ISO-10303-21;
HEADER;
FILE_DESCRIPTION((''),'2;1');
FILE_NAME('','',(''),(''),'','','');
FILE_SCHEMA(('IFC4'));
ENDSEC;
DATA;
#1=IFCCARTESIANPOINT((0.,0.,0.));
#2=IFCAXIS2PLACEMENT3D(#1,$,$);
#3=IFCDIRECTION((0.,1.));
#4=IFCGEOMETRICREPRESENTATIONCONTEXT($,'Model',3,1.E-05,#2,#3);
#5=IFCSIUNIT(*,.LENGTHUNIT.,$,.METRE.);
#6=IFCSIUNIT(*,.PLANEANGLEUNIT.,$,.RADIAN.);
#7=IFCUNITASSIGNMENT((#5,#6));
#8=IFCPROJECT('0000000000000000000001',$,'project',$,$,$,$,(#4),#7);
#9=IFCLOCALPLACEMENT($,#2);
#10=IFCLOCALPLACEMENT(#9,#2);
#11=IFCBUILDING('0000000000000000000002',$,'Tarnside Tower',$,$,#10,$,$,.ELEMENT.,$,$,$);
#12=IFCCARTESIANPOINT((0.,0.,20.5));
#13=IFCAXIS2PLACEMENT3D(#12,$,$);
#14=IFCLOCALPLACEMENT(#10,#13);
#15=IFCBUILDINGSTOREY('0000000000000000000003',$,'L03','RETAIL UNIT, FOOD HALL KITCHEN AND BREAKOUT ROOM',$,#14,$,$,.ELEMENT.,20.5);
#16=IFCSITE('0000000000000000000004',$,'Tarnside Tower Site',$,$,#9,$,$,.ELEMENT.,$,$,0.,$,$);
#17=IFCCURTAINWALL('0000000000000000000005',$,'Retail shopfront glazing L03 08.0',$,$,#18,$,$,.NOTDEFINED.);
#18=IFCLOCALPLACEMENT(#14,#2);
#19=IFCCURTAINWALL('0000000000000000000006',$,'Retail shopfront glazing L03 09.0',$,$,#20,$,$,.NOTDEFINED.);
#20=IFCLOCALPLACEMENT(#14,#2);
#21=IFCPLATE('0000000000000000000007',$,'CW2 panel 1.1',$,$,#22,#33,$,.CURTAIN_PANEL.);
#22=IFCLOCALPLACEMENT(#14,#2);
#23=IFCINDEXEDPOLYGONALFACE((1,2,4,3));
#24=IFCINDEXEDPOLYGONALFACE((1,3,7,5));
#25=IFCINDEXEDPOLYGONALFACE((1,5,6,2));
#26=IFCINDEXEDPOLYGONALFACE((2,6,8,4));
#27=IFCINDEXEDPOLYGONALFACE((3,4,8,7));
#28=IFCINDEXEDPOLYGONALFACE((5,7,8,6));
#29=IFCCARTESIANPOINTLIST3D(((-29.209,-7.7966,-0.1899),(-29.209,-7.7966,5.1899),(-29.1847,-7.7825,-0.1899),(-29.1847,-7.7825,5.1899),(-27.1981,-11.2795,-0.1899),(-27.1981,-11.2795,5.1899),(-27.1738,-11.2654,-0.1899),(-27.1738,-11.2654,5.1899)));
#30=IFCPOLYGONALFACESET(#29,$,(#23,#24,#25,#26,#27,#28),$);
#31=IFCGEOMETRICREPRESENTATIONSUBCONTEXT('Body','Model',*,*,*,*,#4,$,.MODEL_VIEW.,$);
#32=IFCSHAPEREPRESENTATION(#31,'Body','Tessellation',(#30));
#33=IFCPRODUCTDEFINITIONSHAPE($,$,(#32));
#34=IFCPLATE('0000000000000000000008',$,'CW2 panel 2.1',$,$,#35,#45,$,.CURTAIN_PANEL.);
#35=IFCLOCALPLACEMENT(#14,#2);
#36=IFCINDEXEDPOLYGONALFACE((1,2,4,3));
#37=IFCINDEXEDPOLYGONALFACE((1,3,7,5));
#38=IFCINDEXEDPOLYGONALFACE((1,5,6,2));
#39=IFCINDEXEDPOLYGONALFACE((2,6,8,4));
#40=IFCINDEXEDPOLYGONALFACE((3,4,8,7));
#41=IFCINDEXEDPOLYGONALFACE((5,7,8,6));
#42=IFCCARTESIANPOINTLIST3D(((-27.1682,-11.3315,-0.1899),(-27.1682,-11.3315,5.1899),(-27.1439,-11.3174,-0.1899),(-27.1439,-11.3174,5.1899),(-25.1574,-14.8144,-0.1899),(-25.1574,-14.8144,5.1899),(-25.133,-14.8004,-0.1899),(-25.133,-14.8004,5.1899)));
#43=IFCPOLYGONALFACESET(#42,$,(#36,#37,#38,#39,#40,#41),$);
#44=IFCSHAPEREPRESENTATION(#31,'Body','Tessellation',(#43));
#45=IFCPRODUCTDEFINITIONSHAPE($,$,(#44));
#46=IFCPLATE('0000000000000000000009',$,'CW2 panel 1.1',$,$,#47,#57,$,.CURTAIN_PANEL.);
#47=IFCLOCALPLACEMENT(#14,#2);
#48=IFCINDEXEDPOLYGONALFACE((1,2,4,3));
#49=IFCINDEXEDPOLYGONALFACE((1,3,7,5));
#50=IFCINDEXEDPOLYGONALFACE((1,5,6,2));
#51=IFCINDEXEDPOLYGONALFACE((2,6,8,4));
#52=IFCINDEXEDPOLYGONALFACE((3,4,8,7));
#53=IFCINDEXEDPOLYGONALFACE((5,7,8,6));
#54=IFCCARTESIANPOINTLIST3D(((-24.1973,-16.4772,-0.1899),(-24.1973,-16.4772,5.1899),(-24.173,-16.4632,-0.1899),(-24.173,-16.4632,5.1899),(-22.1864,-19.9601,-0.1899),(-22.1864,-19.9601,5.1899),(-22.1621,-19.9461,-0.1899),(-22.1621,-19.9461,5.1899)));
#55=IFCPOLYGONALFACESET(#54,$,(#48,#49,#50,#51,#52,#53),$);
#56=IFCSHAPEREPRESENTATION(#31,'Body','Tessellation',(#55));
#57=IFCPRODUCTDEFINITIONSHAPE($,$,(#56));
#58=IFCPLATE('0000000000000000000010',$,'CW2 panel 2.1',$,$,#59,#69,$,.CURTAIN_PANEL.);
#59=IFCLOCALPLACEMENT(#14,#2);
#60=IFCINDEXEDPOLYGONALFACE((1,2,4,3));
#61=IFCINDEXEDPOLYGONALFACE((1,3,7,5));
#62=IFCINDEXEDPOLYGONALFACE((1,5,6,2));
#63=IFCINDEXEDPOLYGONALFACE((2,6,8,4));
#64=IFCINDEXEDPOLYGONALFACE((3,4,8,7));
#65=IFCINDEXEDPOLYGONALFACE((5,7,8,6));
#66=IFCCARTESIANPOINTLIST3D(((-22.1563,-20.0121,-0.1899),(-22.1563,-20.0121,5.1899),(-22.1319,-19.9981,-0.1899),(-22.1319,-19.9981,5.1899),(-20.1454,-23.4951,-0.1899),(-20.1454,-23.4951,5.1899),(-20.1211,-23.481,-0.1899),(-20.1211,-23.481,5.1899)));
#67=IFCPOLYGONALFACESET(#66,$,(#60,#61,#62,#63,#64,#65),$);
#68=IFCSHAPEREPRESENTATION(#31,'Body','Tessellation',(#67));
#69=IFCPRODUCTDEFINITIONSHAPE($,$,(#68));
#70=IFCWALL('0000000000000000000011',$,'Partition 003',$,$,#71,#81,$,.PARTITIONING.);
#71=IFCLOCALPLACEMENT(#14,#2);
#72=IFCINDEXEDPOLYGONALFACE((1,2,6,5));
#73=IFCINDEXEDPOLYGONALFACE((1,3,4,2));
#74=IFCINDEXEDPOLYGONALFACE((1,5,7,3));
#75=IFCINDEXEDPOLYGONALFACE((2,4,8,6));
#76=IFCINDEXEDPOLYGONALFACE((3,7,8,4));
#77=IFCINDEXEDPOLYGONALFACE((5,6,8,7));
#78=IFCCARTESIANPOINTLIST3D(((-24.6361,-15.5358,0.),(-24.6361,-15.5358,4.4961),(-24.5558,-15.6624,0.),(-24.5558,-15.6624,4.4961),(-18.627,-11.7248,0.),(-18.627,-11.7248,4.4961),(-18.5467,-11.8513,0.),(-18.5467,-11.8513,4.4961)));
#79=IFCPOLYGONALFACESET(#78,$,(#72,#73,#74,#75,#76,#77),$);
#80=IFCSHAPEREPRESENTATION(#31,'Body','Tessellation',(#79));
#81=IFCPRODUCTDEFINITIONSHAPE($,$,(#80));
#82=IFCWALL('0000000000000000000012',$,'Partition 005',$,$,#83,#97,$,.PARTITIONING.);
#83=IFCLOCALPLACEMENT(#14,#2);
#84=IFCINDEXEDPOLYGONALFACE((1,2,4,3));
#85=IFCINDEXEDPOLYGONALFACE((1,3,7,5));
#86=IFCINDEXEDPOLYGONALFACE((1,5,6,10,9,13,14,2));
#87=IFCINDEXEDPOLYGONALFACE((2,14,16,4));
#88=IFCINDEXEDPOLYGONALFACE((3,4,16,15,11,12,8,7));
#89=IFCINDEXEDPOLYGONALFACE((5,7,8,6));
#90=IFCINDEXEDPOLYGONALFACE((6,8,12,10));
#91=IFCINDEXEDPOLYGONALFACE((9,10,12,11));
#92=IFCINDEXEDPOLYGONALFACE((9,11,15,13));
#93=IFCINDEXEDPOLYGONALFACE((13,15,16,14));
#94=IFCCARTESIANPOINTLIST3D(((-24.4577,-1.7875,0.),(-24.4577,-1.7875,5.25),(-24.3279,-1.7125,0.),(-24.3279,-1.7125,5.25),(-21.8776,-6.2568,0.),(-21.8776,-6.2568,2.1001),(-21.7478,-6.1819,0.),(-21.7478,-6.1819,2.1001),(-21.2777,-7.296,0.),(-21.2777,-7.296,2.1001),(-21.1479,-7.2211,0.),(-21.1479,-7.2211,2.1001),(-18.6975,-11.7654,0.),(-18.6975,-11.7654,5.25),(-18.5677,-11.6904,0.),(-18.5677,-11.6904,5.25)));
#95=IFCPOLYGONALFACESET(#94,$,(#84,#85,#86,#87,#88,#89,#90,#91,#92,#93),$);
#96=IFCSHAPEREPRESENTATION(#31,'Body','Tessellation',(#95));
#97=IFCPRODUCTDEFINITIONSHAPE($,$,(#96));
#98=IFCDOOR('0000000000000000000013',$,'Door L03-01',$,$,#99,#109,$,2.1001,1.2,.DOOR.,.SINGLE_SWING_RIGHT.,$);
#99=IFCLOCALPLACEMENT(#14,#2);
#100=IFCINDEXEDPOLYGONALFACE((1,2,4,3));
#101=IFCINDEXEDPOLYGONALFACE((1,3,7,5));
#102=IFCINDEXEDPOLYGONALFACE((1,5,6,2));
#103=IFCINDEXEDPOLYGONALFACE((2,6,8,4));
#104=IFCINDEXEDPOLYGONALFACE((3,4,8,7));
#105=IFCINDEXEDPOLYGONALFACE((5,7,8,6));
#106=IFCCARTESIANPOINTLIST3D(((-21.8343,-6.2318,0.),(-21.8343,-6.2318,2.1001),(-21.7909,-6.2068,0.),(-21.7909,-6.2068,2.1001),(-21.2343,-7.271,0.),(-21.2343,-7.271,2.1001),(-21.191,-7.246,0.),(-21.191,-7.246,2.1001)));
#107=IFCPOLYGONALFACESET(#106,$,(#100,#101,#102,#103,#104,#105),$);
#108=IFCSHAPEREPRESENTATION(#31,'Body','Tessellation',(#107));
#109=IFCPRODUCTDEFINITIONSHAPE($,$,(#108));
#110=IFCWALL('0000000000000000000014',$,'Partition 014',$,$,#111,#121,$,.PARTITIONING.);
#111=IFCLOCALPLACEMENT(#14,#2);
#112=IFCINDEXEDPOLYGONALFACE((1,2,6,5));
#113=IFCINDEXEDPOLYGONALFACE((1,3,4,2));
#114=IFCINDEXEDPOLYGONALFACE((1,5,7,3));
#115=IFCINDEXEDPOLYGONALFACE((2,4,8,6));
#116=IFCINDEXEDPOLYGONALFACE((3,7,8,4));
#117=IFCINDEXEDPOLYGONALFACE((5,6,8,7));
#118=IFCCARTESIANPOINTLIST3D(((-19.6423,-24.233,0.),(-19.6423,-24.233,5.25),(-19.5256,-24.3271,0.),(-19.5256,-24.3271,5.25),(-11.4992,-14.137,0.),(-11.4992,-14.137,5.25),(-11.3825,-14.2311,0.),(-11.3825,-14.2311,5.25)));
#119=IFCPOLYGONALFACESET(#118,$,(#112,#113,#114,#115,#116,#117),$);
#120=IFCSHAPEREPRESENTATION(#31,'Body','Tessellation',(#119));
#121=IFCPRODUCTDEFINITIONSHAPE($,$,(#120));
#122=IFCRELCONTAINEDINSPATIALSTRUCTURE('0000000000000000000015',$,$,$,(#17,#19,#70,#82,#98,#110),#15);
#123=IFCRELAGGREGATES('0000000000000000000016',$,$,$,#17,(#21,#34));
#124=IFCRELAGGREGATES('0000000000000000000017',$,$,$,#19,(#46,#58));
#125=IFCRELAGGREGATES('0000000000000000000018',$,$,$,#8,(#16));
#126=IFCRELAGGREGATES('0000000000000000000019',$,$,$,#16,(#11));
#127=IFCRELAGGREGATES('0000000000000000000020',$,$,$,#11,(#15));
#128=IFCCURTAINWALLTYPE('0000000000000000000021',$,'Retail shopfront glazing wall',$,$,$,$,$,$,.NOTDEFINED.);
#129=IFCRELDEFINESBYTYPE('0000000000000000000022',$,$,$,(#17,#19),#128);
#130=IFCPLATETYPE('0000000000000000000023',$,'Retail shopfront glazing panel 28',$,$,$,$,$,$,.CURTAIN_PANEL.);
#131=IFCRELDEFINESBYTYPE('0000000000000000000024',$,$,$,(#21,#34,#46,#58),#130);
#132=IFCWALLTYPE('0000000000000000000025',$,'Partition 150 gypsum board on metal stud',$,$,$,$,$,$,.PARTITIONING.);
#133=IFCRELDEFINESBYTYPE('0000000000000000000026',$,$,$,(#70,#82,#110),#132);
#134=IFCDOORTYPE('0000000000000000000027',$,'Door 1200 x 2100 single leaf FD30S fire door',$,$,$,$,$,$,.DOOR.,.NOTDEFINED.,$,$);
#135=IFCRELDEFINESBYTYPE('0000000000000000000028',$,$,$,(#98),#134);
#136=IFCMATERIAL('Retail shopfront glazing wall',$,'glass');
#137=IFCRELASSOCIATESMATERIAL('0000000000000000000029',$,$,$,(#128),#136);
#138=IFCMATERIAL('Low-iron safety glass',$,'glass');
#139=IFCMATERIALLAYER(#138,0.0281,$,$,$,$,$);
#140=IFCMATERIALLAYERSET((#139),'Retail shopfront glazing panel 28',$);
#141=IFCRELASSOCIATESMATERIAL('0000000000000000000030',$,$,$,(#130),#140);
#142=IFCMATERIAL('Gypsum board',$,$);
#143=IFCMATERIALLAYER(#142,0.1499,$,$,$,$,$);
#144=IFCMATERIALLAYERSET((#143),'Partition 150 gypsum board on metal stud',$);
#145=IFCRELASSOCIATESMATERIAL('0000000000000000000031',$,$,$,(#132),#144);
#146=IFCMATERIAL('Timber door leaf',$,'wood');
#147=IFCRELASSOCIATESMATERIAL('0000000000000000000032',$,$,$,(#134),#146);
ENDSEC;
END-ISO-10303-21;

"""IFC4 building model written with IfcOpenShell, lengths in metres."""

from ifc_helpers import new_model, si_unit, direction, frame, frame_2d, origin, origin_2d, place, context, subcontext, project, spatial, rectangle, extrude, material, layer, layer_set, type_object, element, fill, aggregate, save


model = new_model("IFC4")

# Units and contexts
model_context = context("Model", 3, precision=1e-05, world=origin(), true_north=direction((0.0, 1.0)))
body_context = subcontext(model_context, "Body", "Model", "MODEL_VIEW")
ifc_project = project(units=[si_unit("LENGTHUNIT", "METRE"), si_unit("PLANEANGLEUNIT", "RADIAN")], contexts=[model_context])

# Site, building, storey
site_placement = place(None, origin())
site = spatial("IfcSite", under=ifc_project, at=site_placement, Name="Tarnside Tower Site", CompositionType="ELEMENT", RefElevation=0.0)
building_placement = place(site_placement, origin())
building = spatial("IfcBuilding", under=site, at=building_placement, Name="Tarnside Tower", CompositionType="ELEMENT")
storey_placement = place(building_placement, frame((0.0, 0.0, 20.5)))
storey = spatial("IfcBuildingStorey", under=building, at=storey_placement, Name="L03", Description="RETAIL UNIT, FOOD HALL KITCHEN AND BREAKOUT ROOM", CompositionType="ELEMENT", Elevation=20.5)

# Shared definitions
ifc_material_1 = material(Name="Retail shopfront glazing wall", Category="glass")
curtain_wall_type = type_object("IfcCurtainWallType", Name="Retail shopfront glazing wall", PredefinedType="NOTDEFINED", material=ifc_material_1)

# Curtain walls
curtain_wall_1_placement = place(storey_placement, origin())
curtain_wall_1 = element("IfcCurtainWall", 1, at=curtain_wall_1_placement, inside=storey, type_object=curtain_wall_type, Name="Retail shopfront glazing L03 08.0", PredefinedType="NOTDEFINED")
curtain_wall_2_placement = place(storey_placement, origin())
curtain_wall_2 = element("IfcCurtainWall", 2, at=curtain_wall_2_placement, inside=storey, type_object=curtain_wall_type, Name="Retail shopfront glazing L03 09.0", PredefinedType="NOTDEFINED")

# Plates
ifc_material_2 = material(Name="Low-iron safety glass", Category="glass")
ifc_layer_1 = layer(ifc_material_2, 0.0281)
ifc_layer_set_1 = layer_set([ifc_layer_1], Name="Retail shopfront glazing panel 28")
plate_type = type_object("IfcPlateType", Name="Retail shopfront glazing panel 28", PredefinedType="CURTAIN_PANEL", material=ifc_layer_set_1)
plate_1_placement = place(storey_placement, frame((-28.1914, -9.531, -0.1899), z_axis=(0.0, 0.0, 1.0), x_axis=(0.5, -0.866025, 0.0)))
plate_1 = element("IfcPlate", 3, at=plate_1_placement, type_object=plate_type, Name="CW2 panel 1.1", PredefinedType="CURTAIN_PANEL", context=body_context, shape_type="SweptSolid", body=[
    extrude(rectangle(XDim=4.0217, YDim=0.0281, at=origin_2d()), origin(), (0.0, 0.0, 1.0), 5.3799),
])
plate_2_placement = place(storey_placement, frame((-26.1506, -13.0659, -0.1899), z_axis=(0.0, 0.0, 1.0), x_axis=(0.5, -0.866025, 0.0)))
plate_2 = element("IfcPlate", 4, at=plate_2_placement, type_object=plate_type, Name="CW2 panel 2.1", PredefinedType="CURTAIN_PANEL", context=body_context, shape_type="SweptSolid", body=[
    extrude(rectangle(XDim=4.0217, YDim=0.0281, at=origin_2d()), origin(), (0.0, 0.0, 1.0), 5.3799),
])
aggregate(curtain_wall_1, [plate_1, plate_2])
plate_3_placement = place(storey_placement, frame((-23.1797, -18.2117, -0.1899), z_axis=(0.0, 0.0, 1.0), x_axis=(0.5, -0.866025, 0.0)))
plate_3 = element("IfcPlate", 5, at=plate_3_placement, type_object=plate_type, Name="CW2 panel 1.1", PredefinedType="CURTAIN_PANEL", context=body_context, shape_type="SweptSolid", body=[
    extrude(rectangle(XDim=4.0217, YDim=0.0281, at=origin_2d()), origin(), (0.0, 0.0, 1.0), 5.3799),
])
plate_4_placement = place(storey_placement, frame((-21.1387, -21.7466, -0.1899), z_axis=(0.0, 0.0, 1.0), x_axis=(0.5, -0.866025, 0.0)))
plate_4 = element("IfcPlate", 6, at=plate_4_placement, type_object=plate_type, Name="CW2 panel 2.1", PredefinedType="CURTAIN_PANEL", context=body_context, shape_type="SweptSolid", body=[
    extrude(rectangle(XDim=4.0217, YDim=0.0281, at=origin_2d()), origin(), (0.0, 0.0, 1.0), 5.3799),
])
aggregate(curtain_wall_2, [plate_3, plate_4])

# Wall
ifc_material_3 = material(Name="Gypsum board")
ifc_layer_2 = layer(ifc_material_3, 0.1499)
ifc_layer_set_2 = layer_set([ifc_layer_2], Name="Partition 150 gypsum board on metal stud")
wall_type = type_object("IfcWallType", Name="Partition 150 gypsum board on metal stud", PredefinedType="PARTITIONING", material=ifc_layer_set_2)
wall_1_placement = place(storey_placement, frame((-24.5959, -15.5991, 0.0), z_axis=(0.0, 0.0, 1.0), x_axis=(0.844481, 0.535585, 0.0)))
element("IfcWall", 7, at=wall_1_placement, inside=storey, type_object=wall_type, Name="Partition 003", PredefinedType="PARTITIONING", context=body_context, shape_type="SweptSolid", body=[
    extrude(rectangle(XDim=7.1157, YDim=0.1499, at=frame_2d((3.5579, 0.0))), origin(), (0.0, 0.0, 1.0), 4.4961),
])

# Wall, opening, door
wall_2_placement = place(storey_placement, frame((-18.6326, -11.728, 0.0), z_axis=(0.0, 0.0, 1.0), x_axis=(-0.499963, 0.866047, 0.0)))
wall_2 = element("IfcWall", 8, at=wall_2_placement, inside=storey, type_object=wall_type, Name="Partition 005", PredefinedType="PARTITIONING", context=body_context, shape_type="SweptSolid", body=[
    extrude(rectangle(XDim=11.5212, YDim=0.1499, at=frame_2d((5.7607, 0.0))), origin(), (0.0, 0.0, 1.0), 5.25),
])
opening_placement = place(wall_2_placement, frame((5.1606, 0.0, 0.0)))
opening = element("IfcOpeningElement", 9, at=opening_placement, cuts=wall_2, PredefinedType="OPENING", context=body_context, shape_type="SweptSolid", body=[
    extrude(rectangle(XDim=1.2, YDim=2.1001, at=frame_2d((0.6001, 1.05))), frame((0.0, 0.085, 0.0), z_axis=(0.0, -1.0, 0.0), x_axis=(1.0, 0.0, 0.0)), (0.0, 0.0, 1.0), 0.1699),
])
ifc_material_4 = material(Name="Timber door leaf", Category="wood")
door_type = type_object("IfcDoorType", Name="Door 1200 x 2100 single leaf FD30S fire door", OperationType="NOTDEFINED", PredefinedType="DOOR", material=ifc_material_4)
door_placement = place(opening_placement, origin())
door = element("IfcDoor", 10, at=door_placement, inside=storey, type_object=door_type, Name="Door L03-01", OperationType="SINGLE_SWING_RIGHT", OverallHeight=2.1001, OverallWidth=1.2, PredefinedType="DOOR", context=body_context, shape_type="SweptSolid", body=[
    extrude(rectangle(XDim=1.2, YDim=2.1001, at=frame_2d((0.6001, 1.05))), frame((0.0, 0.0249, 0.0), z_axis=(0.0, -1.0, 0.0), x_axis=(1.0, 0.0, 0.0)), (0.0, 0.0, 1.0), 0.05),
])
fill(opening, door)

# Wall
wall_3_placement = place(storey_placement, frame((-19.584, -24.28, 0.0), z_axis=(0.0, 0.0, 1.0), x_axis=(0.627807, 0.778369, 0.0)))
element("IfcWall", 11, at=wall_3_placement, inside=storey, type_object=wall_type, Name="Partition 014", PredefinedType="PARTITIONING", context=body_context, shape_type="SweptSolid", body=[
    extrude(rectangle(XDim=12.9707, YDim=0.1499, at=frame_2d((6.4854, 0.0))), origin(), (0.0, 0.0, 1.0), 5.25),
])

save(model, "model.ifc")
